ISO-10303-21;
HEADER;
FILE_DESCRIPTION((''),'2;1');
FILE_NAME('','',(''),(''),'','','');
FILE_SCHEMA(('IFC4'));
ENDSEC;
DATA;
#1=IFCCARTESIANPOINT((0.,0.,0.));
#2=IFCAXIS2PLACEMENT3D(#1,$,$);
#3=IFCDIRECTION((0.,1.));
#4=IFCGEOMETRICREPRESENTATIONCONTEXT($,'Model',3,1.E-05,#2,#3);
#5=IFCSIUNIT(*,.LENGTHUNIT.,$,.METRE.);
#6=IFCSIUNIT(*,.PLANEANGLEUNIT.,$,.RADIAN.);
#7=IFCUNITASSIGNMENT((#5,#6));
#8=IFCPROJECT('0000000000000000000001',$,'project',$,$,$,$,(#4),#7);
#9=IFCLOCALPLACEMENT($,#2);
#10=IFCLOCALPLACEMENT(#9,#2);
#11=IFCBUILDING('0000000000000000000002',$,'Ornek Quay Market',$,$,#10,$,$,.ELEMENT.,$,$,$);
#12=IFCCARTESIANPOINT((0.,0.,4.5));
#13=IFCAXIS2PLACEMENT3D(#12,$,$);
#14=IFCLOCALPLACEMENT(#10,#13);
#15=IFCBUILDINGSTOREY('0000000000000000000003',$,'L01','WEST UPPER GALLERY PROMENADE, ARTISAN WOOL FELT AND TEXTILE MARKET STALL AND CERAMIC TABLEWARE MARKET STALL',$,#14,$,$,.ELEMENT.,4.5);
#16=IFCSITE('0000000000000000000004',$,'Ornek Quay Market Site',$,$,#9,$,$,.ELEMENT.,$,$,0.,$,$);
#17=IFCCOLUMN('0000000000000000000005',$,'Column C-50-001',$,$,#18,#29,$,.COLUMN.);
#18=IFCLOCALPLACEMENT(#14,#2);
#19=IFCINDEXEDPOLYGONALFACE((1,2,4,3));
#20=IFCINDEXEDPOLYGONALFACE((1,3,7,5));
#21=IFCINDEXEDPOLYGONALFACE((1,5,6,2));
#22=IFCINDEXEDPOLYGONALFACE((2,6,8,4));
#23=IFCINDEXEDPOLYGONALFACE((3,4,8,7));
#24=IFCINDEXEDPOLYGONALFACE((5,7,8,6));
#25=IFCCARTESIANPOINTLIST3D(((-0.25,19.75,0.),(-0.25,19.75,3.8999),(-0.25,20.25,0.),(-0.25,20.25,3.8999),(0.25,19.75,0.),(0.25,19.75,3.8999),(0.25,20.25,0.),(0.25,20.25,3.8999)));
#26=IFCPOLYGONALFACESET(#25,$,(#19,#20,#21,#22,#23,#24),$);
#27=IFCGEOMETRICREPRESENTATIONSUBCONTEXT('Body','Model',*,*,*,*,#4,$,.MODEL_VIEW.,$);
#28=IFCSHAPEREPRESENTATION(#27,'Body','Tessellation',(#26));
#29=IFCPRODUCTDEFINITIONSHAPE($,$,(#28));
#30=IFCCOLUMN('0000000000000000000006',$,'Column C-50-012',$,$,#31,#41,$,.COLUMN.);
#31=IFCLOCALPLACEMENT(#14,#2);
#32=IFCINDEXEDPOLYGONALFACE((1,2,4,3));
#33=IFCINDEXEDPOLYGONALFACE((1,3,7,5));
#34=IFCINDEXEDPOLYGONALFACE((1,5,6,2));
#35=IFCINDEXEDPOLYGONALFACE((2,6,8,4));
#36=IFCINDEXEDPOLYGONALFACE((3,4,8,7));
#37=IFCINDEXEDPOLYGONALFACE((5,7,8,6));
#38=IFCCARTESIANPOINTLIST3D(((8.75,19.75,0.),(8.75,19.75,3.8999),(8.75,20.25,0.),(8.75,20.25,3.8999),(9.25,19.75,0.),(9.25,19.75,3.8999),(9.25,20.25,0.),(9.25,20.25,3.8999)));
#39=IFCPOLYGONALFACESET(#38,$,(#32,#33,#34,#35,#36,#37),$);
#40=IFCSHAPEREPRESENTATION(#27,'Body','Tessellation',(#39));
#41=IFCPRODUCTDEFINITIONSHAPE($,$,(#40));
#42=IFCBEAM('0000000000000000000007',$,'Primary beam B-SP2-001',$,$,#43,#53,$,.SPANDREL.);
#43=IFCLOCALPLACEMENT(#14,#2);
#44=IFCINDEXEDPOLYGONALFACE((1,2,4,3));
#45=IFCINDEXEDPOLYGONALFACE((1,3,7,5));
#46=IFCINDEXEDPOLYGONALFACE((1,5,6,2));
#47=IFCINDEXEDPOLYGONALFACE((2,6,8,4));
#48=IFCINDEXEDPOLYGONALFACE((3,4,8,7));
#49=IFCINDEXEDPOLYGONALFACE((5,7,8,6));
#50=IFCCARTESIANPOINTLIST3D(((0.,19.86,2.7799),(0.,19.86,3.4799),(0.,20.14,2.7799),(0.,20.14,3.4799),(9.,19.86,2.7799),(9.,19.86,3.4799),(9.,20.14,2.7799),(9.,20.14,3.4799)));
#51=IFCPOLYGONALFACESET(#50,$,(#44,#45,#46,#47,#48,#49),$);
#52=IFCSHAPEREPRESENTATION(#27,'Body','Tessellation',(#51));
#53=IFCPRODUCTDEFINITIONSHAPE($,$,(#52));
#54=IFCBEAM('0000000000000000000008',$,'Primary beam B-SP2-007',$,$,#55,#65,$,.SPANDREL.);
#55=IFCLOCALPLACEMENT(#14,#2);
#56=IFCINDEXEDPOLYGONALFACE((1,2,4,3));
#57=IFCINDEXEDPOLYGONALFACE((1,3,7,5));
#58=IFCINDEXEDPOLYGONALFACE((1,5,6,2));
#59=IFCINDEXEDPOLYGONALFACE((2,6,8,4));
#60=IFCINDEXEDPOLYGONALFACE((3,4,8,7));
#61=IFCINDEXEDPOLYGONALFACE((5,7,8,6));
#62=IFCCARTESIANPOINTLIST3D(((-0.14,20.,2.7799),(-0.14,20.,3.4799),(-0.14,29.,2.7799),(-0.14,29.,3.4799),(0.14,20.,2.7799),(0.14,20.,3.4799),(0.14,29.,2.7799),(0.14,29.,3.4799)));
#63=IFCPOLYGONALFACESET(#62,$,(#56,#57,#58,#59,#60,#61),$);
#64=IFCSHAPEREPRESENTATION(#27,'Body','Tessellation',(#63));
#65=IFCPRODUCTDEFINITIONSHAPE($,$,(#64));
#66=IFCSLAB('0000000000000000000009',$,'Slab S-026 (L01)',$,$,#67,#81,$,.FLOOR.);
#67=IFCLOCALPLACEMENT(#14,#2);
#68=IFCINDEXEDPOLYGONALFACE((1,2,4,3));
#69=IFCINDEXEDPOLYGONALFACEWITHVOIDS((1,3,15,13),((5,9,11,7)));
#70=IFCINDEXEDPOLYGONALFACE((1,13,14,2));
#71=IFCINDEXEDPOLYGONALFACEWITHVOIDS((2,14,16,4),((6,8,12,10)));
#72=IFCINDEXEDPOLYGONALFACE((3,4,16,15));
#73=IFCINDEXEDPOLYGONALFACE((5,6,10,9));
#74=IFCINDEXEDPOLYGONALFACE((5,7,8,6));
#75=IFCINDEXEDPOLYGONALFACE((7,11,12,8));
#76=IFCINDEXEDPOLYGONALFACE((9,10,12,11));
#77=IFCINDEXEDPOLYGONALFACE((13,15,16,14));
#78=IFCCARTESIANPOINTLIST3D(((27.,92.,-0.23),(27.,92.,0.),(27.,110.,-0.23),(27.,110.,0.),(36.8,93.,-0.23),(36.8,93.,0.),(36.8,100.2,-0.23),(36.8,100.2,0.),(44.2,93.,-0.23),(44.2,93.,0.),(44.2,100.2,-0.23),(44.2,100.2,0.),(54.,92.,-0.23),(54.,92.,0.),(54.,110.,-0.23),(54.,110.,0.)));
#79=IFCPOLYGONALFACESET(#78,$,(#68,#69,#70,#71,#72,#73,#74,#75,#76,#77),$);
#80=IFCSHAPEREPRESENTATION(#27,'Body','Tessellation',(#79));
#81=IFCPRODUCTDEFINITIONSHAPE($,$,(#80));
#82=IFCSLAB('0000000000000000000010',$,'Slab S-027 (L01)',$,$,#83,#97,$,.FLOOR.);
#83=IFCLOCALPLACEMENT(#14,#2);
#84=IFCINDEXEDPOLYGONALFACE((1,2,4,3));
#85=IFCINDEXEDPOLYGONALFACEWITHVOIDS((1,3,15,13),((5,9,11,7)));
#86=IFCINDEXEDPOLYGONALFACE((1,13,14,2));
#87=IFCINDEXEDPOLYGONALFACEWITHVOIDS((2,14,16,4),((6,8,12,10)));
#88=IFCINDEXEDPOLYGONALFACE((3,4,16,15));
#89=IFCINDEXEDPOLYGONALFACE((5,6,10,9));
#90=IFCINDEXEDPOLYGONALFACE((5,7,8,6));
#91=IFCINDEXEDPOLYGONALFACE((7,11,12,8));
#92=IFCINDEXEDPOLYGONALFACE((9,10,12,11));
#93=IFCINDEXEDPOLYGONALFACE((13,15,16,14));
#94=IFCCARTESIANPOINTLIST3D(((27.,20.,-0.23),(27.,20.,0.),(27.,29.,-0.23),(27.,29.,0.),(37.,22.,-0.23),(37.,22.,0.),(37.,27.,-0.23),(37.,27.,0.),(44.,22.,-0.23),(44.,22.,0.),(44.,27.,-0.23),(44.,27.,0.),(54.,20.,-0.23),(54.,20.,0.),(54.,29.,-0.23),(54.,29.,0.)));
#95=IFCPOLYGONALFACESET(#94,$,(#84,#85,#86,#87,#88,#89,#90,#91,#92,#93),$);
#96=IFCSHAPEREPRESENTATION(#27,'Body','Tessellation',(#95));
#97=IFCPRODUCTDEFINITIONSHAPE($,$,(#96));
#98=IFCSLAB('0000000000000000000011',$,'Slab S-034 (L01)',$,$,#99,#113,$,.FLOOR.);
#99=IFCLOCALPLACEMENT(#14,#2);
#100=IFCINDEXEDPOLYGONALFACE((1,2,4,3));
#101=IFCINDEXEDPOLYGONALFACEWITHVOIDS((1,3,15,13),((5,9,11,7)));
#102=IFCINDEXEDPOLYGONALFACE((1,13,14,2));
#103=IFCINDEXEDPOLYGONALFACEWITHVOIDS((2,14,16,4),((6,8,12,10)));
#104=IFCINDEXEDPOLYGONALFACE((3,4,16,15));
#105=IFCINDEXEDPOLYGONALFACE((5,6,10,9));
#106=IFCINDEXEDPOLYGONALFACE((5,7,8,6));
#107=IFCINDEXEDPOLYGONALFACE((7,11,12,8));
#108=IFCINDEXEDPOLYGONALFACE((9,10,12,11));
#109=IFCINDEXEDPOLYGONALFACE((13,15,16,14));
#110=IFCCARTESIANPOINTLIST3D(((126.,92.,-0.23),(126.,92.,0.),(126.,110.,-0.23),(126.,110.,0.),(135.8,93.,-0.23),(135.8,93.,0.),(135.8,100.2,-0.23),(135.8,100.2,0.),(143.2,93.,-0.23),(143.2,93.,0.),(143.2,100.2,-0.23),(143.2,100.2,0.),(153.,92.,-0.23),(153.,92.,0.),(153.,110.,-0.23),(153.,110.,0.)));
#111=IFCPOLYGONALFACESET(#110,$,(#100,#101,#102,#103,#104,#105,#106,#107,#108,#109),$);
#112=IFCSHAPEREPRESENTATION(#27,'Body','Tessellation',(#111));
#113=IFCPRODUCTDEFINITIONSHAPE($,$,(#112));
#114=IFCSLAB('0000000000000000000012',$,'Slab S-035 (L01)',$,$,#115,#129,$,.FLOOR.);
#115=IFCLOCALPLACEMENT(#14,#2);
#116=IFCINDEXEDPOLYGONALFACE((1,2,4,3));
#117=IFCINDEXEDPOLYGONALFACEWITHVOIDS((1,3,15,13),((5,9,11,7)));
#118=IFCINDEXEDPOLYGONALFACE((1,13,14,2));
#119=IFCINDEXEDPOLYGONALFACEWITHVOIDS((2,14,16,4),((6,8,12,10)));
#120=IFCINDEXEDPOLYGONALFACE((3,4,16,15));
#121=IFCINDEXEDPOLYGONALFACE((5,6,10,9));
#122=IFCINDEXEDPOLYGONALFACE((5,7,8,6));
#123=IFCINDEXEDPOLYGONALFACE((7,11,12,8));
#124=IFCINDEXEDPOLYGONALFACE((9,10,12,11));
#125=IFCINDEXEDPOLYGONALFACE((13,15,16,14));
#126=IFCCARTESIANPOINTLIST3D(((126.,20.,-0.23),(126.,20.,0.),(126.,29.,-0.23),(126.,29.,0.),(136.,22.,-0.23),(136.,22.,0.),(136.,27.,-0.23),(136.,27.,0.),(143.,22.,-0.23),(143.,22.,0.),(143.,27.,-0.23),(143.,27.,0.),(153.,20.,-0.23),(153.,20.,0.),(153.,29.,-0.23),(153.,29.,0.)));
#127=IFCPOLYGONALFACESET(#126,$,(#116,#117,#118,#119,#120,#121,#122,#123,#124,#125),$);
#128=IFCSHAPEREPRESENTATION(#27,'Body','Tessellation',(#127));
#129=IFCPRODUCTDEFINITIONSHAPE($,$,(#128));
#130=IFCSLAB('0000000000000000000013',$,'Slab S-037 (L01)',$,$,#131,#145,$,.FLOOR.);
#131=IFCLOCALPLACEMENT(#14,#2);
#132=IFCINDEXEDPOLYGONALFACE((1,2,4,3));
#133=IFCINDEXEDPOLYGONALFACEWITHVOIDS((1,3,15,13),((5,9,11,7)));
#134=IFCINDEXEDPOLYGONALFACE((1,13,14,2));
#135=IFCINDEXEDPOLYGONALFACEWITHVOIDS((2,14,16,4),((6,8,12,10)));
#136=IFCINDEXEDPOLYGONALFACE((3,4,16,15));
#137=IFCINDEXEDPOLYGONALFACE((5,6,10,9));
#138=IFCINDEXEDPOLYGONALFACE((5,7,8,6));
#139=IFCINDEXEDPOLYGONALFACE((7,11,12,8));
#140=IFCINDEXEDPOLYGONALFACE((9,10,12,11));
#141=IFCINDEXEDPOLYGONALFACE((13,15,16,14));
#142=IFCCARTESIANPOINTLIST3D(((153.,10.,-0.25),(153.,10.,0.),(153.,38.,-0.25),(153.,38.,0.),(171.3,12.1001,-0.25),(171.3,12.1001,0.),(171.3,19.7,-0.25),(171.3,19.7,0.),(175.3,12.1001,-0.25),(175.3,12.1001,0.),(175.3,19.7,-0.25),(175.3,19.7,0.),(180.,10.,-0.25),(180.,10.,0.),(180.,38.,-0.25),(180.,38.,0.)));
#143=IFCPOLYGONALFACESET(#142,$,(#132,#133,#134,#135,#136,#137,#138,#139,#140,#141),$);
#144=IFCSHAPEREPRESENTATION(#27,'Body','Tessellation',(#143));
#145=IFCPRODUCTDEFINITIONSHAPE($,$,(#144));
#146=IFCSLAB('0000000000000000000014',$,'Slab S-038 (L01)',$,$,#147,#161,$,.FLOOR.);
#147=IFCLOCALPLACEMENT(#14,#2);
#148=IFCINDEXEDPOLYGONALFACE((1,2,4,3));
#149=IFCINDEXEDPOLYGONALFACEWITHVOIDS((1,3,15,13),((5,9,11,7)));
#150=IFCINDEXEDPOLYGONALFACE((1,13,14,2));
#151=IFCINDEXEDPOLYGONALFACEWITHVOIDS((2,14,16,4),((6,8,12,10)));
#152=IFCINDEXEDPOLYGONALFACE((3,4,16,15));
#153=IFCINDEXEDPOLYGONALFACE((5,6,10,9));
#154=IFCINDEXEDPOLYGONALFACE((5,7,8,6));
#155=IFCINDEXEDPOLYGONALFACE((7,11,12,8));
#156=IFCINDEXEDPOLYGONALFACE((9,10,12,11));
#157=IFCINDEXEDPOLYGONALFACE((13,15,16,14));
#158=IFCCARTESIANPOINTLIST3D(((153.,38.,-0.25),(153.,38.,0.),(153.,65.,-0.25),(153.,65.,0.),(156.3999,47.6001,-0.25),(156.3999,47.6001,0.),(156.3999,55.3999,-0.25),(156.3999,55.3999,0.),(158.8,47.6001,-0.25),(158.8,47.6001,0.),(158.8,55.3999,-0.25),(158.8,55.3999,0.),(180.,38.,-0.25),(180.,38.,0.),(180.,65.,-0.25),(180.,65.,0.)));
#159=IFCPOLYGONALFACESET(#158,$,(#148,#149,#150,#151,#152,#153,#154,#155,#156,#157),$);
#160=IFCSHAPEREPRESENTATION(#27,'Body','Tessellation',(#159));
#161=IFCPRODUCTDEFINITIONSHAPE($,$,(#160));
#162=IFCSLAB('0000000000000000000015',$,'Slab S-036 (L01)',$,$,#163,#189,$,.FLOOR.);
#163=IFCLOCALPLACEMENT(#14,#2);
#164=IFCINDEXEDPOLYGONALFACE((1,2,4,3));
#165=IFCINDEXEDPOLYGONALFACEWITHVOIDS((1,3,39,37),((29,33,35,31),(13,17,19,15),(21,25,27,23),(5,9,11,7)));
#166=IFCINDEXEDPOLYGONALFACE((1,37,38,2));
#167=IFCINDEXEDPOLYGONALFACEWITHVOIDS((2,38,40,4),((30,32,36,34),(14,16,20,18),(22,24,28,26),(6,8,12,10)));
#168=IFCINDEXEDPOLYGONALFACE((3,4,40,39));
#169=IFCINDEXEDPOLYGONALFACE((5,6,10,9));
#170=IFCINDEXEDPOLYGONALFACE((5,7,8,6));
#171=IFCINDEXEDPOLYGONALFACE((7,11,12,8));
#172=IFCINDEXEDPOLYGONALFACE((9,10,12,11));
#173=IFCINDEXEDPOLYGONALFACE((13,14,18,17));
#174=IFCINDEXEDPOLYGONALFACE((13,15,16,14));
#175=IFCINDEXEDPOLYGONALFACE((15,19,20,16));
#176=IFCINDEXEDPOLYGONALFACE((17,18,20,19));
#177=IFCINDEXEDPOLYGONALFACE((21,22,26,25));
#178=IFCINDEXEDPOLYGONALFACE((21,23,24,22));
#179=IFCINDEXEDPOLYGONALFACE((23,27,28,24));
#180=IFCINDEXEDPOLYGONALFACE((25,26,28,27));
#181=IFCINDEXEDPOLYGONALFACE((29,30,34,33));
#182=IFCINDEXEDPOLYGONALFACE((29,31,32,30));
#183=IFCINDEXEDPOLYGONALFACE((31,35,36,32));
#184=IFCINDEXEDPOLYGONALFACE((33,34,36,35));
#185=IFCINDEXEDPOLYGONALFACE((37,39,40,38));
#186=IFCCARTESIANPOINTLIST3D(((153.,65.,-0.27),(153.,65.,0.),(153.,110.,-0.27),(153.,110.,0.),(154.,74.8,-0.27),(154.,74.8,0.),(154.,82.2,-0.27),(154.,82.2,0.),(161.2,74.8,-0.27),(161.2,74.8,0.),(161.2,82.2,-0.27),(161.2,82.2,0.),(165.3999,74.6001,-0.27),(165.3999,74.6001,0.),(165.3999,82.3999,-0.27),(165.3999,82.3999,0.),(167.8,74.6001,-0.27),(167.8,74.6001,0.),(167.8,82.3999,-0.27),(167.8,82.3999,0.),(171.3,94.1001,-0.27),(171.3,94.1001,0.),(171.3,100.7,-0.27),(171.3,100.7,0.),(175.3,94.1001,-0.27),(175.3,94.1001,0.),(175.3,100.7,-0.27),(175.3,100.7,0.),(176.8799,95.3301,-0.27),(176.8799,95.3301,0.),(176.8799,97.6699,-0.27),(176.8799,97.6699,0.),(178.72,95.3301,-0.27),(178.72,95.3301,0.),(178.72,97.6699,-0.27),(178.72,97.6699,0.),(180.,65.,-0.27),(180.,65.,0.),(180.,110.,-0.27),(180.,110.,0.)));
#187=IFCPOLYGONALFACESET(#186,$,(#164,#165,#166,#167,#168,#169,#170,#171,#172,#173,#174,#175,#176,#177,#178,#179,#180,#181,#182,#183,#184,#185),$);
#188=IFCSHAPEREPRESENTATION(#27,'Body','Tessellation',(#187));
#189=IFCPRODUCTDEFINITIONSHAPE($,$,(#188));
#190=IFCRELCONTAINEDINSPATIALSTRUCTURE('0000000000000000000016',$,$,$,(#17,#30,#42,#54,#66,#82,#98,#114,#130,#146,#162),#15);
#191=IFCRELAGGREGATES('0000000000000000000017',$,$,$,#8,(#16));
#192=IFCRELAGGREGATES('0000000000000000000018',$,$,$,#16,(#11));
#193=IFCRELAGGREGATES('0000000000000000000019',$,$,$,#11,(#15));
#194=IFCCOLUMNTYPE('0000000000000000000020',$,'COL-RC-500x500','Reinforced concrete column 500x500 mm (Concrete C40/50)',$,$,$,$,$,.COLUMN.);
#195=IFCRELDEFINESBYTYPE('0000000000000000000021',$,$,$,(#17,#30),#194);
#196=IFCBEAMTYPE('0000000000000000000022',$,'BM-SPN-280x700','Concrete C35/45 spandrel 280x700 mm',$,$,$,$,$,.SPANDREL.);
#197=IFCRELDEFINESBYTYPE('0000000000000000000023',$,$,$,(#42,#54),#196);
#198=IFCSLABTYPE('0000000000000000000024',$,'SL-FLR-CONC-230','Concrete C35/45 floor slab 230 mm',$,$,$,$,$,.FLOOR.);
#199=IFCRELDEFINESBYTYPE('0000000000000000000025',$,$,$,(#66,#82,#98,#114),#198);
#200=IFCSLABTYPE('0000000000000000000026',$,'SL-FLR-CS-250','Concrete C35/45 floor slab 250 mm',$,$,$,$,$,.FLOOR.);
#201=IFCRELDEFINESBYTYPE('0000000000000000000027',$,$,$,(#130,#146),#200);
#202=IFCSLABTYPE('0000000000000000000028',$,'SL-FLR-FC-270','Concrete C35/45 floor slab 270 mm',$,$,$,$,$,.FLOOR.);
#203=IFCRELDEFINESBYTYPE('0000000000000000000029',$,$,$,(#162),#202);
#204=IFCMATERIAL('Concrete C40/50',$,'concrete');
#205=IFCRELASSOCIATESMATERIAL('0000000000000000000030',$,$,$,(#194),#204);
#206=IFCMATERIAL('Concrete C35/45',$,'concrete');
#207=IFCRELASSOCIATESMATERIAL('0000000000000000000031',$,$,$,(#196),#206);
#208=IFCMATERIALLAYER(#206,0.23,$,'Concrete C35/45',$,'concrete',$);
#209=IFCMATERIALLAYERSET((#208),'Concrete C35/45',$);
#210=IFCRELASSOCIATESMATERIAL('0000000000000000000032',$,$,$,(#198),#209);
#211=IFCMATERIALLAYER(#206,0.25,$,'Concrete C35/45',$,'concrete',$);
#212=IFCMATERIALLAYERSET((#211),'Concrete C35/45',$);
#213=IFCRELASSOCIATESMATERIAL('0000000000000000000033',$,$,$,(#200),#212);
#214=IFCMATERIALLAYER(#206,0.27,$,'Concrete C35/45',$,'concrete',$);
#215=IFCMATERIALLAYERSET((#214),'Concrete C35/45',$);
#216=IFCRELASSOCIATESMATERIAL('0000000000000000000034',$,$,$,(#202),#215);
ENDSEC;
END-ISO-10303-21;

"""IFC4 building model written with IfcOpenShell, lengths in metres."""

from ifc_helpers import new_model, si_unit, direction, frame, origin, origin_2d, place, context, subcontext, project, spatial, polyline, rectangle, outline, extrude, material, layer, layer_set, material_profile, profile_set, type_object, element, save


model = new_model("IFC4")

# Units and contexts
model_context = context("Model", 3, precision=1e-05, world=origin(), true_north=direction((0.0, 1.0)))
body_context = subcontext(model_context, "Body", "Model", "MODEL_VIEW")
ifc_project = project(units=[si_unit("LENGTHUNIT", "METRE"), si_unit("PLANEANGLEUNIT", "RADIAN")], contexts=[model_context])

# Site, building, storey
site_placement = place(None, origin())
site = spatial("IfcSite", under=ifc_project, at=site_placement, Name="Ornek Quay Market Site", CompositionType="ELEMENT", RefElevation=0.0)
building_placement = place(site_placement, origin())
building = spatial("IfcBuilding", under=site, at=building_placement, Name="Ornek Quay Market", CompositionType="ELEMENT")
storey_placement = place(building_placement, frame((0.0, 0.0, 4.5)))
storey = spatial("IfcBuildingStorey", under=building, at=storey_placement, Name="L01", Description="WEST UPPER GALLERY PROMENADE, ARTISAN WOOL FELT AND TEXTILE MARKET STALL AND CERAMIC TABLEWARE MARKET STALL", CompositionType="ELEMENT", Elevation=4.5)

# Columns
ifc_material_1 = material(Name="Concrete C40/50", Category="concrete")
ifc_material_profile_1 = material_profile(ifc_material_1, rectangle(XDim=0.5, YDim=0.5, at=origin_2d()), Name="RC 500x500", Category="concrete")
ifc_profile_set_1 = profile_set([ifc_material_profile_1], Name="Concrete C40/50")
column_type = type_object("IfcColumnType", Name="COL-RC-500x500", Description="Reinforced concrete column 500x500 mm (Concrete C40/50)", PredefinedType="COLUMN", material=ifc_profile_set_1)
for number, where, z_axis, x_axis, name in (
    (1, (0.0, 20.0, 0.0), (0.0, 0.0, 1.0), (1.0, 0.0, 0.0), "Column C-50-001"),
    (2, (9.0, 20.0, 0.0), (0.0, 0.0, 1.0), (1.0, 0.0, 0.0), "Column C-50-012"),
):
    element("IfcColumn", number, at=place(storey_placement, frame(where, z_axis=z_axis, x_axis=x_axis)), inside=storey, type_object=column_type, Name=name, PredefinedType="COLUMN", context=body_context, shape_type="SweptSolid", body=[
        extrude(rectangle(XDim=0.5, YDim=0.5, at=origin_2d()), origin(), (0.0, 0.0, 1.0), 3.8999),
    ])

# Beams
ifc_material_2 = material(Name="Concrete C35/45", Category="concrete")
ifc_material_profile_2 = material_profile(ifc_material_2, rectangle(XDim=0.28, YDim=0.7, at=origin_2d()), Name="RC 280x700", Category="concrete")
ifc_profile_set_2 = profile_set([ifc_material_profile_2], Name="Concrete C35/45")
beam_type = type_object("IfcBeamType", Name="BM-SPN-280x700", Description="Concrete C35/45 spandrel 280x700 mm", PredefinedType="SPANDREL", material=ifc_profile_set_2)
for number, where, z_axis, x_axis, name in (
    (3, (0.0, 20.0, 3.1299), (1.0, 0.0, 0.0), (0.0, 1.0, 0.0), "Primary beam B-SP2-001"),
    (4, (0.0, 20.0, 3.1299), (0.0, 1.0, 0.0), (-1.0, 0.0, 0.0), "Primary beam B-SP2-007"),
):
    element("IfcBeam", number, at=place(storey_placement, frame(where, z_axis=z_axis, x_axis=x_axis)), inside=storey, type_object=beam_type, Name=name, PredefinedType="SPANDREL", context=body_context, shape_type="SweptSolid", body=[
        extrude(rectangle(XDim=0.28, YDim=0.7, at=origin_2d()), origin(), (0.0, 0.0, 1.0), 9.0),
    ])

# Slabs
ifc_layer_1 = layer(ifc_material_2, 0.23, Name="Concrete C35/45", Category="concrete")
ifc_layer_set_1 = layer_set([ifc_layer_1], Name="Concrete C35/45")
slab_type_1 = type_object("IfcSlabType", Name="SL-FLR-CONC-230", Description="Concrete C35/45 floor slab 230 mm", PredefinedType="FLOOR", material=ifc_layer_set_1)
slab_1_placement = place(storey_placement, frame((0.0, 0.0, -0.23)))
element("IfcSlab", 5, at=slab_1_placement, inside=storey, type_object=slab_type_1, Name="Slab S-026 (L01)", PredefinedType="FLOOR", context=body_context, shape_type="SweptSolid", body=[
    extrude(outline(polyline([(27.0, 92.0), (54.0, 92.0), (54.0, 110.0), (27.0, 110.0), (27.0, 92.0)]), holes=[polyline([(36.8, 100.2), (44.2, 100.2), (44.2, 93.0), (36.8, 93.0), (36.8, 100.2)])]), origin(), (0.0, 0.0, 1.0), 0.23),
])
slab_2_placement = place(storey_placement, frame((0.0, 0.0, -0.23)))
element("IfcSlab", 6, at=slab_2_placement, inside=storey, type_object=slab_type_1, Name="Slab S-027 (L01)", PredefinedType="FLOOR", context=body_context, shape_type="SweptSolid", body=[
    extrude(outline(polyline([(27.0, 20.0), (54.0, 20.0), (54.0, 29.0), (27.0, 29.0), (27.0, 20.0)]), holes=[polyline([(37.0, 27.0), (44.0, 27.0), (44.0, 22.0), (37.0, 22.0), (37.0, 27.0)])]), origin(), (0.0, 0.0, 1.0), 0.23),
])
slab_3_placement = place(storey_placement, frame((0.0, 0.0, -0.23)))
element("IfcSlab", 7, at=slab_3_placement, inside=storey, type_object=slab_type_1, Name="Slab S-034 (L01)", PredefinedType="FLOOR", context=body_context, shape_type="SweptSolid", body=[
    extrude(outline(polyline([(126.0, 92.0), (153.0, 92.0), (153.0, 110.0), (126.0, 110.0), (126.0, 92.0)]), holes=[polyline([(135.8, 100.2), (143.2, 100.2), (143.2, 93.0), (135.8, 93.0), (135.8, 100.2)])]), origin(), (0.0, 0.0, 1.0), 0.23),
])
slab_4_placement = place(storey_placement, frame((0.0, 0.0, -0.23)))
element("IfcSlab", 8, at=slab_4_placement, inside=storey, type_object=slab_type_1, Name="Slab S-035 (L01)", PredefinedType="FLOOR", context=body_context, shape_type="SweptSolid", body=[
    extrude(outline(polyline([(126.0, 20.0), (153.0, 20.0), (153.0, 29.0), (126.0, 29.0), (126.0, 20.0)]), holes=[polyline([(136.0, 27.0), (143.0, 27.0), (143.0, 22.0), (136.0, 22.0), (136.0, 27.0)])]), origin(), (0.0, 0.0, 1.0), 0.23),
])
ifc_layer_2 = layer(ifc_material_2, 0.25, Name="Concrete C35/45", Category="concrete")
ifc_layer_set_2 = layer_set([ifc_layer_2], Name="Concrete C35/45")
slab_type_2 = type_object("IfcSlabType", Name="SL-FLR-CS-250", Description="Concrete C35/45 floor slab 250 mm", PredefinedType="FLOOR", material=ifc_layer_set_2)
slab_5_placement = place(storey_placement, frame((0.0, 0.0, -0.25)))
element("IfcSlab", 9, at=slab_5_placement, inside=storey, type_object=slab_type_2, Name="Slab S-037 (L01)", PredefinedType="FLOOR", context=body_context, shape_type="SweptSolid", body=[
    extrude(outline(polyline([(153.0, 10.0), (180.0, 10.0), (180.0, 38.0), (153.0, 38.0), (153.0, 10.0)]), holes=[polyline([(171.3, 19.7), (175.3, 19.7), (175.3, 12.1001), (171.3, 12.1001), (171.3, 19.7)])]), origin(), (0.0, 0.0, 1.0), 0.25),
])
slab_6_placement = place(storey_placement, frame((0.0, 0.0, -0.25)))
element("IfcSlab", 10, at=slab_6_placement, inside=storey, type_object=slab_type_2, Name="Slab S-038 (L01)", PredefinedType="FLOOR", context=body_context, shape_type="SweptSolid", body=[
    extrude(outline(polyline([(153.0, 38.0), (180.0, 38.0), (180.0, 65.0), (153.0, 65.0), (153.0, 38.0)]), holes=[polyline([(156.3999, 55.3999), (158.8, 55.3999), (158.8, 47.6001), (156.3999, 47.6001), (156.3999, 55.3999)])]), origin(), (0.0, 0.0, 1.0), 0.25),
])
ifc_layer_3 = layer(ifc_material_2, 0.27, Name="Concrete C35/45", Category="concrete")
ifc_layer_set_3 = layer_set([ifc_layer_3], Name="Concrete C35/45")
slab_type_3 = type_object("IfcSlabType", Name="SL-FLR-FC-270", Description="Concrete C35/45 floor slab 270 mm", PredefinedType="FLOOR", material=ifc_layer_set_3)
slab_7_placement = place(storey_placement, frame((0.0, 0.0, -0.27)))
element("IfcSlab", 11, at=slab_7_placement, inside=storey, type_object=slab_type_3, Name="Slab S-036 (L01)", PredefinedType="FLOOR", context=body_context, shape_type="SweptSolid", body=[
    extrude(outline(polyline([(153.0, 65.0), (180.0, 65.0), (180.0, 110.0), (153.0, 110.0), (153.0, 65.0)]), holes=[polyline([(161.2, 74.8), (154.0, 74.8), (154.0, 82.2), (161.2, 82.2), (161.2, 74.8)]), polyline([(167.8, 74.6001), (165.3999, 74.6001), (165.3999, 82.3999), (167.8, 82.3999), (167.8, 74.6001)]), polyline([(178.72, 95.3301), (176.8799, 95.3301), (176.8799, 97.6699), (178.72, 97.6699), (178.72, 95.3301)]), polyline([(175.3, 94.1001), (171.3, 94.1001), (171.3, 100.7), (175.3, 100.7), (175.3, 94.1001)])]), origin(), (0.0, 0.0, 1.0), 0.27),
])

save(model, "model.ifc")
